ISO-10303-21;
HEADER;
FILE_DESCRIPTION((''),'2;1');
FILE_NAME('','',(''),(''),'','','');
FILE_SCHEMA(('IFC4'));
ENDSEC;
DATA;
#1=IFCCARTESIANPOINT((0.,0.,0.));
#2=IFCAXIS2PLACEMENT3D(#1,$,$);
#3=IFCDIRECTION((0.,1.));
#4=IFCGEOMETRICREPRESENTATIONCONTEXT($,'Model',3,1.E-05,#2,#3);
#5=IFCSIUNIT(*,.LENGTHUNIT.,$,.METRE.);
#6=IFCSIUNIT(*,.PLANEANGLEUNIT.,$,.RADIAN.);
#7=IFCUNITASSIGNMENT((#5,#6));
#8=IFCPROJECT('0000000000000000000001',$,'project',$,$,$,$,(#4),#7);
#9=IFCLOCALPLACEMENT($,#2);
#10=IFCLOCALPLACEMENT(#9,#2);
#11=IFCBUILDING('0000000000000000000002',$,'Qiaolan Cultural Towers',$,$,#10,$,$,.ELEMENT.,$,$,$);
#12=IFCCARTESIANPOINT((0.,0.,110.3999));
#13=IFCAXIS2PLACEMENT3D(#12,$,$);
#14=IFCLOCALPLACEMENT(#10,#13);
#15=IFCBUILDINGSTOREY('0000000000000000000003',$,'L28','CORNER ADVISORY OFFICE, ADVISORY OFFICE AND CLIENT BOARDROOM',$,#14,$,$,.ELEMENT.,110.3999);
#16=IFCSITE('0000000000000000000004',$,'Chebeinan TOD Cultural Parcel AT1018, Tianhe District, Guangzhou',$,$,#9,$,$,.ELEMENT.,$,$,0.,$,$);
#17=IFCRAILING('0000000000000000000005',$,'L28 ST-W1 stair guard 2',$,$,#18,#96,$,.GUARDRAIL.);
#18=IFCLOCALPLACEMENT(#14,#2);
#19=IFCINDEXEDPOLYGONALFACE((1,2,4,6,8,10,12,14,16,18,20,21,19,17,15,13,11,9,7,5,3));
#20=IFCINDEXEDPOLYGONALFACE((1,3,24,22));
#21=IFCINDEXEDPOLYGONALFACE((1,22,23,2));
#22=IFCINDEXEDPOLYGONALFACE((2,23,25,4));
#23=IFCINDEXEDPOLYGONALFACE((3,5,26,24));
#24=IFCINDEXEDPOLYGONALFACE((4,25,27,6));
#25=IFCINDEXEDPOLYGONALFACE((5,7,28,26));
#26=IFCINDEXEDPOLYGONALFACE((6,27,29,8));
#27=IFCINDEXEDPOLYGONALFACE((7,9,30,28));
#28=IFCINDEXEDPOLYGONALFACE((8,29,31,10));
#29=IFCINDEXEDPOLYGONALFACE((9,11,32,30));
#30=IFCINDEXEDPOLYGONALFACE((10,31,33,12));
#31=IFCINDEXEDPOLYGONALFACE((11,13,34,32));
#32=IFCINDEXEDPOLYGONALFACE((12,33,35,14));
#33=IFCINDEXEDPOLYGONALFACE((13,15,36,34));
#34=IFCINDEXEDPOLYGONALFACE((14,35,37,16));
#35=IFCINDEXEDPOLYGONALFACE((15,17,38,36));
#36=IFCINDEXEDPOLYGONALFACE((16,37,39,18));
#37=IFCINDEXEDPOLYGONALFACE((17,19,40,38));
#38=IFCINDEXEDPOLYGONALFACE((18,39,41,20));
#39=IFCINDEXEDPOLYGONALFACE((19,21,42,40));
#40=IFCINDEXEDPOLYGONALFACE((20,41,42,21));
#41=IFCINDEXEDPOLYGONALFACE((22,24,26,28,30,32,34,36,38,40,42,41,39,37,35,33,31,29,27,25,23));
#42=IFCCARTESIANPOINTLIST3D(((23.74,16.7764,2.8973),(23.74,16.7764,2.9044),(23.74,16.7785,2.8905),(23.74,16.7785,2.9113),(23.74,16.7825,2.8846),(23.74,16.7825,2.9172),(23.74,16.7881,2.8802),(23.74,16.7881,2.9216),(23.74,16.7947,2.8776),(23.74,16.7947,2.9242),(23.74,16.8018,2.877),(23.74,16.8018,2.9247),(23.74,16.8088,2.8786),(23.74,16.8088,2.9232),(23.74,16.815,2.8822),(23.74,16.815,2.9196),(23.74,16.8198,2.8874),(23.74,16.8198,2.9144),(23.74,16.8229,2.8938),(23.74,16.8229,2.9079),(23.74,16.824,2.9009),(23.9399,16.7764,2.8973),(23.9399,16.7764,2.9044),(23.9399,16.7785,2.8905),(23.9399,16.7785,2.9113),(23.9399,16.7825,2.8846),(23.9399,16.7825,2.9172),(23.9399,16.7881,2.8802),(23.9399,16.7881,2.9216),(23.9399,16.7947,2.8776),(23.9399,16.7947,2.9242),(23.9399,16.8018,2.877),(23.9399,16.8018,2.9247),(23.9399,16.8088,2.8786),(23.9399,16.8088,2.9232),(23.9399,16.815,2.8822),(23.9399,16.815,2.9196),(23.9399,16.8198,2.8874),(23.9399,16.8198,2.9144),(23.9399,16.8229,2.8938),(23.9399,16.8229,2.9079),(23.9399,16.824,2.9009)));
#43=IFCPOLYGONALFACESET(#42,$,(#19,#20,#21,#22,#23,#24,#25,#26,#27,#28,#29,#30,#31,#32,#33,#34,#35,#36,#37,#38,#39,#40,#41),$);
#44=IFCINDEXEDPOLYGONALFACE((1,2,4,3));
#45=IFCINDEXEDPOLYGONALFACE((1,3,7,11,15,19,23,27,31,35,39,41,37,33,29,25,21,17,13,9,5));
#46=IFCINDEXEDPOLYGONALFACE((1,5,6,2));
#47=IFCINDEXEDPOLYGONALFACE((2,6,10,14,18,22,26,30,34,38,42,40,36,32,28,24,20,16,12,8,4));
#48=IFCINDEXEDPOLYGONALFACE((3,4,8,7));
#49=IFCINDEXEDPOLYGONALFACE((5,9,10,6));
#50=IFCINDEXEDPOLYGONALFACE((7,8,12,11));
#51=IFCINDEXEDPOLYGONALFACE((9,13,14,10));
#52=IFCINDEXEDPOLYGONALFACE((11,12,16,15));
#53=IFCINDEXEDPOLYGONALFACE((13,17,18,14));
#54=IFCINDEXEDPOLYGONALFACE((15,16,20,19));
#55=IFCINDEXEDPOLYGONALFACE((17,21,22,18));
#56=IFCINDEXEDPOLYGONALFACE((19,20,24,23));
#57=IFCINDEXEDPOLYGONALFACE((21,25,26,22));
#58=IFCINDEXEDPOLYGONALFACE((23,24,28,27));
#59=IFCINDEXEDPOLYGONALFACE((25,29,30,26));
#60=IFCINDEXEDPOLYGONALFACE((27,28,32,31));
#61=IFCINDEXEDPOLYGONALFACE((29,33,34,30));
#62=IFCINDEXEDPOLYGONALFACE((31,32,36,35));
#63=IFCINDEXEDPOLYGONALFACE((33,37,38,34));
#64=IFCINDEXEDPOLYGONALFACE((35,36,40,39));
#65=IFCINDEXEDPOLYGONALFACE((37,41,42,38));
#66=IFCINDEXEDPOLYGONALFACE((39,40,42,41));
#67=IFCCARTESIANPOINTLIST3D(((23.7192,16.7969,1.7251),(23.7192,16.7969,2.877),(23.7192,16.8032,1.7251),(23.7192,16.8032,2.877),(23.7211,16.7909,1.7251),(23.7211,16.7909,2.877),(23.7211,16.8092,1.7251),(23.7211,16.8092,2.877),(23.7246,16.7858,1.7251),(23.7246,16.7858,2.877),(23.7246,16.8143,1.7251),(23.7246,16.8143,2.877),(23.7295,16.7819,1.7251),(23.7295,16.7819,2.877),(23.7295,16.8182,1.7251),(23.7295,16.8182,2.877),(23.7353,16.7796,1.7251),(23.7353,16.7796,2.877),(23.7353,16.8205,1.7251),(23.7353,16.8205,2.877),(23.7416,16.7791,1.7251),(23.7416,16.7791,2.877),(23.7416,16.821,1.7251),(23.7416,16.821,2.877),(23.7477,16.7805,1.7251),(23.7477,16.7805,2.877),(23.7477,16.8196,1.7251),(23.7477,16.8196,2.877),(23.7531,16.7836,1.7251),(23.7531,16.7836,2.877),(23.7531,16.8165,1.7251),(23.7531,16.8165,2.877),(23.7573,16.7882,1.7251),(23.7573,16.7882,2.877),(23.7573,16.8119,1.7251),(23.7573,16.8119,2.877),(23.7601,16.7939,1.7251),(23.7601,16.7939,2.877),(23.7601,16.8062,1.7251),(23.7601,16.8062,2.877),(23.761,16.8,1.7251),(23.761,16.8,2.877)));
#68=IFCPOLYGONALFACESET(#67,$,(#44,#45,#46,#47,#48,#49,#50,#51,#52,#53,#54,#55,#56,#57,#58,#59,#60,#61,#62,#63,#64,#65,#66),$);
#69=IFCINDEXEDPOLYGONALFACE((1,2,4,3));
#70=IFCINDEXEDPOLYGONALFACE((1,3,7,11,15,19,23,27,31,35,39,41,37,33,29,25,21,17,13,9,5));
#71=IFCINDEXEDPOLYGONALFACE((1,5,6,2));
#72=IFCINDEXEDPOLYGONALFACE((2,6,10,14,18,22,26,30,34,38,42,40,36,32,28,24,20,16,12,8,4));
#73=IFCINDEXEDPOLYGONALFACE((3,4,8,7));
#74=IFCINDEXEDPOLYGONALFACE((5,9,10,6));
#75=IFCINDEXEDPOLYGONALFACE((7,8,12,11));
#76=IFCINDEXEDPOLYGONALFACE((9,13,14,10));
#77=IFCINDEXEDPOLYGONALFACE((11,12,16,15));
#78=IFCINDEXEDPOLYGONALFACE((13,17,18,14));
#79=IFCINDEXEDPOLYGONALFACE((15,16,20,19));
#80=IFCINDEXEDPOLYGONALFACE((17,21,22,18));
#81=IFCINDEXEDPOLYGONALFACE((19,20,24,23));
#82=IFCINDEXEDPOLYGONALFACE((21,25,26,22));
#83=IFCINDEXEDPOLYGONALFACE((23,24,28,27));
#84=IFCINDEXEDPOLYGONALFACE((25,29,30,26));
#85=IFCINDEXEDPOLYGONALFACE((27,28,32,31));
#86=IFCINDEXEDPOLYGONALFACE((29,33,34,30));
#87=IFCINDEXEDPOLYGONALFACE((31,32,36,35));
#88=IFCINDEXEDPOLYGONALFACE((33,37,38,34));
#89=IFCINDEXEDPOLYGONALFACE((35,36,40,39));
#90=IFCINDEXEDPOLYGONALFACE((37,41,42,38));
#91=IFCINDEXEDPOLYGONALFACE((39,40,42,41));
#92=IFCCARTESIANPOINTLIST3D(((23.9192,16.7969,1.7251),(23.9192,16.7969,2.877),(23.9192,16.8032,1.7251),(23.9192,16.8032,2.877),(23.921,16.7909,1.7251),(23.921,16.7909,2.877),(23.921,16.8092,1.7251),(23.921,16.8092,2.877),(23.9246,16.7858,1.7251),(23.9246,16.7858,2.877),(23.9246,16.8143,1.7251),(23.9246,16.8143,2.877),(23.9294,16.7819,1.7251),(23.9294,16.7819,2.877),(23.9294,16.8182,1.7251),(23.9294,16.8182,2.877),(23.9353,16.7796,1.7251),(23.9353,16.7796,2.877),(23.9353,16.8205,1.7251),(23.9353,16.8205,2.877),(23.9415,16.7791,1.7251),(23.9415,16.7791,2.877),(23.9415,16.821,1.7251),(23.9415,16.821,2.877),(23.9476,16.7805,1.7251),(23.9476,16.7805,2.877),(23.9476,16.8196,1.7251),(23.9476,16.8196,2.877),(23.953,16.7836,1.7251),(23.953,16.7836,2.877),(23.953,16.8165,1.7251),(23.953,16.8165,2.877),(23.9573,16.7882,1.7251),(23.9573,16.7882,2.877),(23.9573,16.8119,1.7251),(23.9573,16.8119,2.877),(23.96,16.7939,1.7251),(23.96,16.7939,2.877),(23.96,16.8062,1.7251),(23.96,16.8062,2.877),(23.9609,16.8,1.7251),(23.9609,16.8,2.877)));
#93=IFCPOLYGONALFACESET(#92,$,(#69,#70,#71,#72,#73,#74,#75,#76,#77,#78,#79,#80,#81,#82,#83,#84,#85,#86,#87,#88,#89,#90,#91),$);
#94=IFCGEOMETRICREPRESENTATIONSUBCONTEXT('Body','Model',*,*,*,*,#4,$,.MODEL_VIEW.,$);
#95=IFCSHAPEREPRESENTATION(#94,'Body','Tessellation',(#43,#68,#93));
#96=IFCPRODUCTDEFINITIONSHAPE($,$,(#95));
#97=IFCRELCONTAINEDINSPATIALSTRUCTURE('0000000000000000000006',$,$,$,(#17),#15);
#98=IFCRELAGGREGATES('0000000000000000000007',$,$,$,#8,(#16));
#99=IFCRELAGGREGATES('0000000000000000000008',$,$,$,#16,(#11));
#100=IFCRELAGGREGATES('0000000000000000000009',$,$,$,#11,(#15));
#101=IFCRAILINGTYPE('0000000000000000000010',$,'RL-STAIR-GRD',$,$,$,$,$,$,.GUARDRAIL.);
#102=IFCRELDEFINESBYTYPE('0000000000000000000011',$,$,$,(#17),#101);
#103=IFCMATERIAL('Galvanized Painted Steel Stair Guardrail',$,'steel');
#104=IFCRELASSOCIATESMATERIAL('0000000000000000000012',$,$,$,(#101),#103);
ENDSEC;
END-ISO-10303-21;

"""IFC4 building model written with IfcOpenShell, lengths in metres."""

from ifc_helpers import new_model, si_unit, direction, frame, origin, origin_2d, place, context, subcontext, project, spatial, circle, extrude, material, type_object, element, save


model = new_model("IFC4")

# Units and contexts
model_context = context("Model", 3, precision=1e-05, world=origin(), true_north=direction((0.0, 1.0)))
body_context = subcontext(model_context, "Body", "Model", "MODEL_VIEW")
ifc_project = project(units=[si_unit("LENGTHUNIT", "METRE"), si_unit("PLANEANGLEUNIT", "RADIAN")], contexts=[model_context])

# Site, building, storey
site_placement = place(None, origin())
site = spatial("IfcSite", under=ifc_project, at=site_placement, Name="Chebeinan TOD Cultural Parcel AT1018, Tianhe District, Guangzhou", CompositionType="ELEMENT", RefElevation=0.0)
building_placement = place(site_placement, origin())
building = spatial("IfcBuilding", under=site, at=building_placement, Name="Qiaolan Cultural Towers", CompositionType="ELEMENT")
storey_placement = place(building_placement, frame((0.0, 0.0, 110.3999)))
storey = spatial("IfcBuildingStorey", under=building, at=storey_placement, Name="L28", Description="CORNER ADVISORY OFFICE, ADVISORY OFFICE AND CLIENT BOARDROOM", CompositionType="ELEMENT", Elevation=110.3999)

# Railing
ifc_material_1 = material(Name="Galvanized Painted Steel Stair Guardrail", Category="steel")
railing_type_1 = type_object("IfcRailingType", Name="RL-STAIR-GRD", PredefinedType="GUARDRAIL", material=ifc_material_1)
railing_1_placement = place(storey_placement, frame((23.74, 16.8, 1.7251)))
element("IfcRailing", 1, at=railing_1_placement, inside=storey, type_object=railing_type_1, Name="L28 ST-W1 stair guard 2", PredefinedType="GUARDRAIL", context=body_context, shape_type="SweptSolid", body=[
    extrude(circle(Radius=0.0239, at=origin_2d()), frame((0.0, 0.0, 1.1758), z_axis=(1.0, 0.0, 0.0), x_axis=(0.0, 1.0, 0.0)), (0.0, 0.0, 1.0), 0.2),
    extrude(circle(Radius=0.021, at=origin_2d()), origin(), (0.0, 0.0, 1.0), 1.1519),
    extrude(circle(Radius=0.021, at=origin_2d()), frame((0.2, 0.0, 0.0)), (0.0, 0.0, 1.0), 1.1519),
])

save(model, "model.ifc")
